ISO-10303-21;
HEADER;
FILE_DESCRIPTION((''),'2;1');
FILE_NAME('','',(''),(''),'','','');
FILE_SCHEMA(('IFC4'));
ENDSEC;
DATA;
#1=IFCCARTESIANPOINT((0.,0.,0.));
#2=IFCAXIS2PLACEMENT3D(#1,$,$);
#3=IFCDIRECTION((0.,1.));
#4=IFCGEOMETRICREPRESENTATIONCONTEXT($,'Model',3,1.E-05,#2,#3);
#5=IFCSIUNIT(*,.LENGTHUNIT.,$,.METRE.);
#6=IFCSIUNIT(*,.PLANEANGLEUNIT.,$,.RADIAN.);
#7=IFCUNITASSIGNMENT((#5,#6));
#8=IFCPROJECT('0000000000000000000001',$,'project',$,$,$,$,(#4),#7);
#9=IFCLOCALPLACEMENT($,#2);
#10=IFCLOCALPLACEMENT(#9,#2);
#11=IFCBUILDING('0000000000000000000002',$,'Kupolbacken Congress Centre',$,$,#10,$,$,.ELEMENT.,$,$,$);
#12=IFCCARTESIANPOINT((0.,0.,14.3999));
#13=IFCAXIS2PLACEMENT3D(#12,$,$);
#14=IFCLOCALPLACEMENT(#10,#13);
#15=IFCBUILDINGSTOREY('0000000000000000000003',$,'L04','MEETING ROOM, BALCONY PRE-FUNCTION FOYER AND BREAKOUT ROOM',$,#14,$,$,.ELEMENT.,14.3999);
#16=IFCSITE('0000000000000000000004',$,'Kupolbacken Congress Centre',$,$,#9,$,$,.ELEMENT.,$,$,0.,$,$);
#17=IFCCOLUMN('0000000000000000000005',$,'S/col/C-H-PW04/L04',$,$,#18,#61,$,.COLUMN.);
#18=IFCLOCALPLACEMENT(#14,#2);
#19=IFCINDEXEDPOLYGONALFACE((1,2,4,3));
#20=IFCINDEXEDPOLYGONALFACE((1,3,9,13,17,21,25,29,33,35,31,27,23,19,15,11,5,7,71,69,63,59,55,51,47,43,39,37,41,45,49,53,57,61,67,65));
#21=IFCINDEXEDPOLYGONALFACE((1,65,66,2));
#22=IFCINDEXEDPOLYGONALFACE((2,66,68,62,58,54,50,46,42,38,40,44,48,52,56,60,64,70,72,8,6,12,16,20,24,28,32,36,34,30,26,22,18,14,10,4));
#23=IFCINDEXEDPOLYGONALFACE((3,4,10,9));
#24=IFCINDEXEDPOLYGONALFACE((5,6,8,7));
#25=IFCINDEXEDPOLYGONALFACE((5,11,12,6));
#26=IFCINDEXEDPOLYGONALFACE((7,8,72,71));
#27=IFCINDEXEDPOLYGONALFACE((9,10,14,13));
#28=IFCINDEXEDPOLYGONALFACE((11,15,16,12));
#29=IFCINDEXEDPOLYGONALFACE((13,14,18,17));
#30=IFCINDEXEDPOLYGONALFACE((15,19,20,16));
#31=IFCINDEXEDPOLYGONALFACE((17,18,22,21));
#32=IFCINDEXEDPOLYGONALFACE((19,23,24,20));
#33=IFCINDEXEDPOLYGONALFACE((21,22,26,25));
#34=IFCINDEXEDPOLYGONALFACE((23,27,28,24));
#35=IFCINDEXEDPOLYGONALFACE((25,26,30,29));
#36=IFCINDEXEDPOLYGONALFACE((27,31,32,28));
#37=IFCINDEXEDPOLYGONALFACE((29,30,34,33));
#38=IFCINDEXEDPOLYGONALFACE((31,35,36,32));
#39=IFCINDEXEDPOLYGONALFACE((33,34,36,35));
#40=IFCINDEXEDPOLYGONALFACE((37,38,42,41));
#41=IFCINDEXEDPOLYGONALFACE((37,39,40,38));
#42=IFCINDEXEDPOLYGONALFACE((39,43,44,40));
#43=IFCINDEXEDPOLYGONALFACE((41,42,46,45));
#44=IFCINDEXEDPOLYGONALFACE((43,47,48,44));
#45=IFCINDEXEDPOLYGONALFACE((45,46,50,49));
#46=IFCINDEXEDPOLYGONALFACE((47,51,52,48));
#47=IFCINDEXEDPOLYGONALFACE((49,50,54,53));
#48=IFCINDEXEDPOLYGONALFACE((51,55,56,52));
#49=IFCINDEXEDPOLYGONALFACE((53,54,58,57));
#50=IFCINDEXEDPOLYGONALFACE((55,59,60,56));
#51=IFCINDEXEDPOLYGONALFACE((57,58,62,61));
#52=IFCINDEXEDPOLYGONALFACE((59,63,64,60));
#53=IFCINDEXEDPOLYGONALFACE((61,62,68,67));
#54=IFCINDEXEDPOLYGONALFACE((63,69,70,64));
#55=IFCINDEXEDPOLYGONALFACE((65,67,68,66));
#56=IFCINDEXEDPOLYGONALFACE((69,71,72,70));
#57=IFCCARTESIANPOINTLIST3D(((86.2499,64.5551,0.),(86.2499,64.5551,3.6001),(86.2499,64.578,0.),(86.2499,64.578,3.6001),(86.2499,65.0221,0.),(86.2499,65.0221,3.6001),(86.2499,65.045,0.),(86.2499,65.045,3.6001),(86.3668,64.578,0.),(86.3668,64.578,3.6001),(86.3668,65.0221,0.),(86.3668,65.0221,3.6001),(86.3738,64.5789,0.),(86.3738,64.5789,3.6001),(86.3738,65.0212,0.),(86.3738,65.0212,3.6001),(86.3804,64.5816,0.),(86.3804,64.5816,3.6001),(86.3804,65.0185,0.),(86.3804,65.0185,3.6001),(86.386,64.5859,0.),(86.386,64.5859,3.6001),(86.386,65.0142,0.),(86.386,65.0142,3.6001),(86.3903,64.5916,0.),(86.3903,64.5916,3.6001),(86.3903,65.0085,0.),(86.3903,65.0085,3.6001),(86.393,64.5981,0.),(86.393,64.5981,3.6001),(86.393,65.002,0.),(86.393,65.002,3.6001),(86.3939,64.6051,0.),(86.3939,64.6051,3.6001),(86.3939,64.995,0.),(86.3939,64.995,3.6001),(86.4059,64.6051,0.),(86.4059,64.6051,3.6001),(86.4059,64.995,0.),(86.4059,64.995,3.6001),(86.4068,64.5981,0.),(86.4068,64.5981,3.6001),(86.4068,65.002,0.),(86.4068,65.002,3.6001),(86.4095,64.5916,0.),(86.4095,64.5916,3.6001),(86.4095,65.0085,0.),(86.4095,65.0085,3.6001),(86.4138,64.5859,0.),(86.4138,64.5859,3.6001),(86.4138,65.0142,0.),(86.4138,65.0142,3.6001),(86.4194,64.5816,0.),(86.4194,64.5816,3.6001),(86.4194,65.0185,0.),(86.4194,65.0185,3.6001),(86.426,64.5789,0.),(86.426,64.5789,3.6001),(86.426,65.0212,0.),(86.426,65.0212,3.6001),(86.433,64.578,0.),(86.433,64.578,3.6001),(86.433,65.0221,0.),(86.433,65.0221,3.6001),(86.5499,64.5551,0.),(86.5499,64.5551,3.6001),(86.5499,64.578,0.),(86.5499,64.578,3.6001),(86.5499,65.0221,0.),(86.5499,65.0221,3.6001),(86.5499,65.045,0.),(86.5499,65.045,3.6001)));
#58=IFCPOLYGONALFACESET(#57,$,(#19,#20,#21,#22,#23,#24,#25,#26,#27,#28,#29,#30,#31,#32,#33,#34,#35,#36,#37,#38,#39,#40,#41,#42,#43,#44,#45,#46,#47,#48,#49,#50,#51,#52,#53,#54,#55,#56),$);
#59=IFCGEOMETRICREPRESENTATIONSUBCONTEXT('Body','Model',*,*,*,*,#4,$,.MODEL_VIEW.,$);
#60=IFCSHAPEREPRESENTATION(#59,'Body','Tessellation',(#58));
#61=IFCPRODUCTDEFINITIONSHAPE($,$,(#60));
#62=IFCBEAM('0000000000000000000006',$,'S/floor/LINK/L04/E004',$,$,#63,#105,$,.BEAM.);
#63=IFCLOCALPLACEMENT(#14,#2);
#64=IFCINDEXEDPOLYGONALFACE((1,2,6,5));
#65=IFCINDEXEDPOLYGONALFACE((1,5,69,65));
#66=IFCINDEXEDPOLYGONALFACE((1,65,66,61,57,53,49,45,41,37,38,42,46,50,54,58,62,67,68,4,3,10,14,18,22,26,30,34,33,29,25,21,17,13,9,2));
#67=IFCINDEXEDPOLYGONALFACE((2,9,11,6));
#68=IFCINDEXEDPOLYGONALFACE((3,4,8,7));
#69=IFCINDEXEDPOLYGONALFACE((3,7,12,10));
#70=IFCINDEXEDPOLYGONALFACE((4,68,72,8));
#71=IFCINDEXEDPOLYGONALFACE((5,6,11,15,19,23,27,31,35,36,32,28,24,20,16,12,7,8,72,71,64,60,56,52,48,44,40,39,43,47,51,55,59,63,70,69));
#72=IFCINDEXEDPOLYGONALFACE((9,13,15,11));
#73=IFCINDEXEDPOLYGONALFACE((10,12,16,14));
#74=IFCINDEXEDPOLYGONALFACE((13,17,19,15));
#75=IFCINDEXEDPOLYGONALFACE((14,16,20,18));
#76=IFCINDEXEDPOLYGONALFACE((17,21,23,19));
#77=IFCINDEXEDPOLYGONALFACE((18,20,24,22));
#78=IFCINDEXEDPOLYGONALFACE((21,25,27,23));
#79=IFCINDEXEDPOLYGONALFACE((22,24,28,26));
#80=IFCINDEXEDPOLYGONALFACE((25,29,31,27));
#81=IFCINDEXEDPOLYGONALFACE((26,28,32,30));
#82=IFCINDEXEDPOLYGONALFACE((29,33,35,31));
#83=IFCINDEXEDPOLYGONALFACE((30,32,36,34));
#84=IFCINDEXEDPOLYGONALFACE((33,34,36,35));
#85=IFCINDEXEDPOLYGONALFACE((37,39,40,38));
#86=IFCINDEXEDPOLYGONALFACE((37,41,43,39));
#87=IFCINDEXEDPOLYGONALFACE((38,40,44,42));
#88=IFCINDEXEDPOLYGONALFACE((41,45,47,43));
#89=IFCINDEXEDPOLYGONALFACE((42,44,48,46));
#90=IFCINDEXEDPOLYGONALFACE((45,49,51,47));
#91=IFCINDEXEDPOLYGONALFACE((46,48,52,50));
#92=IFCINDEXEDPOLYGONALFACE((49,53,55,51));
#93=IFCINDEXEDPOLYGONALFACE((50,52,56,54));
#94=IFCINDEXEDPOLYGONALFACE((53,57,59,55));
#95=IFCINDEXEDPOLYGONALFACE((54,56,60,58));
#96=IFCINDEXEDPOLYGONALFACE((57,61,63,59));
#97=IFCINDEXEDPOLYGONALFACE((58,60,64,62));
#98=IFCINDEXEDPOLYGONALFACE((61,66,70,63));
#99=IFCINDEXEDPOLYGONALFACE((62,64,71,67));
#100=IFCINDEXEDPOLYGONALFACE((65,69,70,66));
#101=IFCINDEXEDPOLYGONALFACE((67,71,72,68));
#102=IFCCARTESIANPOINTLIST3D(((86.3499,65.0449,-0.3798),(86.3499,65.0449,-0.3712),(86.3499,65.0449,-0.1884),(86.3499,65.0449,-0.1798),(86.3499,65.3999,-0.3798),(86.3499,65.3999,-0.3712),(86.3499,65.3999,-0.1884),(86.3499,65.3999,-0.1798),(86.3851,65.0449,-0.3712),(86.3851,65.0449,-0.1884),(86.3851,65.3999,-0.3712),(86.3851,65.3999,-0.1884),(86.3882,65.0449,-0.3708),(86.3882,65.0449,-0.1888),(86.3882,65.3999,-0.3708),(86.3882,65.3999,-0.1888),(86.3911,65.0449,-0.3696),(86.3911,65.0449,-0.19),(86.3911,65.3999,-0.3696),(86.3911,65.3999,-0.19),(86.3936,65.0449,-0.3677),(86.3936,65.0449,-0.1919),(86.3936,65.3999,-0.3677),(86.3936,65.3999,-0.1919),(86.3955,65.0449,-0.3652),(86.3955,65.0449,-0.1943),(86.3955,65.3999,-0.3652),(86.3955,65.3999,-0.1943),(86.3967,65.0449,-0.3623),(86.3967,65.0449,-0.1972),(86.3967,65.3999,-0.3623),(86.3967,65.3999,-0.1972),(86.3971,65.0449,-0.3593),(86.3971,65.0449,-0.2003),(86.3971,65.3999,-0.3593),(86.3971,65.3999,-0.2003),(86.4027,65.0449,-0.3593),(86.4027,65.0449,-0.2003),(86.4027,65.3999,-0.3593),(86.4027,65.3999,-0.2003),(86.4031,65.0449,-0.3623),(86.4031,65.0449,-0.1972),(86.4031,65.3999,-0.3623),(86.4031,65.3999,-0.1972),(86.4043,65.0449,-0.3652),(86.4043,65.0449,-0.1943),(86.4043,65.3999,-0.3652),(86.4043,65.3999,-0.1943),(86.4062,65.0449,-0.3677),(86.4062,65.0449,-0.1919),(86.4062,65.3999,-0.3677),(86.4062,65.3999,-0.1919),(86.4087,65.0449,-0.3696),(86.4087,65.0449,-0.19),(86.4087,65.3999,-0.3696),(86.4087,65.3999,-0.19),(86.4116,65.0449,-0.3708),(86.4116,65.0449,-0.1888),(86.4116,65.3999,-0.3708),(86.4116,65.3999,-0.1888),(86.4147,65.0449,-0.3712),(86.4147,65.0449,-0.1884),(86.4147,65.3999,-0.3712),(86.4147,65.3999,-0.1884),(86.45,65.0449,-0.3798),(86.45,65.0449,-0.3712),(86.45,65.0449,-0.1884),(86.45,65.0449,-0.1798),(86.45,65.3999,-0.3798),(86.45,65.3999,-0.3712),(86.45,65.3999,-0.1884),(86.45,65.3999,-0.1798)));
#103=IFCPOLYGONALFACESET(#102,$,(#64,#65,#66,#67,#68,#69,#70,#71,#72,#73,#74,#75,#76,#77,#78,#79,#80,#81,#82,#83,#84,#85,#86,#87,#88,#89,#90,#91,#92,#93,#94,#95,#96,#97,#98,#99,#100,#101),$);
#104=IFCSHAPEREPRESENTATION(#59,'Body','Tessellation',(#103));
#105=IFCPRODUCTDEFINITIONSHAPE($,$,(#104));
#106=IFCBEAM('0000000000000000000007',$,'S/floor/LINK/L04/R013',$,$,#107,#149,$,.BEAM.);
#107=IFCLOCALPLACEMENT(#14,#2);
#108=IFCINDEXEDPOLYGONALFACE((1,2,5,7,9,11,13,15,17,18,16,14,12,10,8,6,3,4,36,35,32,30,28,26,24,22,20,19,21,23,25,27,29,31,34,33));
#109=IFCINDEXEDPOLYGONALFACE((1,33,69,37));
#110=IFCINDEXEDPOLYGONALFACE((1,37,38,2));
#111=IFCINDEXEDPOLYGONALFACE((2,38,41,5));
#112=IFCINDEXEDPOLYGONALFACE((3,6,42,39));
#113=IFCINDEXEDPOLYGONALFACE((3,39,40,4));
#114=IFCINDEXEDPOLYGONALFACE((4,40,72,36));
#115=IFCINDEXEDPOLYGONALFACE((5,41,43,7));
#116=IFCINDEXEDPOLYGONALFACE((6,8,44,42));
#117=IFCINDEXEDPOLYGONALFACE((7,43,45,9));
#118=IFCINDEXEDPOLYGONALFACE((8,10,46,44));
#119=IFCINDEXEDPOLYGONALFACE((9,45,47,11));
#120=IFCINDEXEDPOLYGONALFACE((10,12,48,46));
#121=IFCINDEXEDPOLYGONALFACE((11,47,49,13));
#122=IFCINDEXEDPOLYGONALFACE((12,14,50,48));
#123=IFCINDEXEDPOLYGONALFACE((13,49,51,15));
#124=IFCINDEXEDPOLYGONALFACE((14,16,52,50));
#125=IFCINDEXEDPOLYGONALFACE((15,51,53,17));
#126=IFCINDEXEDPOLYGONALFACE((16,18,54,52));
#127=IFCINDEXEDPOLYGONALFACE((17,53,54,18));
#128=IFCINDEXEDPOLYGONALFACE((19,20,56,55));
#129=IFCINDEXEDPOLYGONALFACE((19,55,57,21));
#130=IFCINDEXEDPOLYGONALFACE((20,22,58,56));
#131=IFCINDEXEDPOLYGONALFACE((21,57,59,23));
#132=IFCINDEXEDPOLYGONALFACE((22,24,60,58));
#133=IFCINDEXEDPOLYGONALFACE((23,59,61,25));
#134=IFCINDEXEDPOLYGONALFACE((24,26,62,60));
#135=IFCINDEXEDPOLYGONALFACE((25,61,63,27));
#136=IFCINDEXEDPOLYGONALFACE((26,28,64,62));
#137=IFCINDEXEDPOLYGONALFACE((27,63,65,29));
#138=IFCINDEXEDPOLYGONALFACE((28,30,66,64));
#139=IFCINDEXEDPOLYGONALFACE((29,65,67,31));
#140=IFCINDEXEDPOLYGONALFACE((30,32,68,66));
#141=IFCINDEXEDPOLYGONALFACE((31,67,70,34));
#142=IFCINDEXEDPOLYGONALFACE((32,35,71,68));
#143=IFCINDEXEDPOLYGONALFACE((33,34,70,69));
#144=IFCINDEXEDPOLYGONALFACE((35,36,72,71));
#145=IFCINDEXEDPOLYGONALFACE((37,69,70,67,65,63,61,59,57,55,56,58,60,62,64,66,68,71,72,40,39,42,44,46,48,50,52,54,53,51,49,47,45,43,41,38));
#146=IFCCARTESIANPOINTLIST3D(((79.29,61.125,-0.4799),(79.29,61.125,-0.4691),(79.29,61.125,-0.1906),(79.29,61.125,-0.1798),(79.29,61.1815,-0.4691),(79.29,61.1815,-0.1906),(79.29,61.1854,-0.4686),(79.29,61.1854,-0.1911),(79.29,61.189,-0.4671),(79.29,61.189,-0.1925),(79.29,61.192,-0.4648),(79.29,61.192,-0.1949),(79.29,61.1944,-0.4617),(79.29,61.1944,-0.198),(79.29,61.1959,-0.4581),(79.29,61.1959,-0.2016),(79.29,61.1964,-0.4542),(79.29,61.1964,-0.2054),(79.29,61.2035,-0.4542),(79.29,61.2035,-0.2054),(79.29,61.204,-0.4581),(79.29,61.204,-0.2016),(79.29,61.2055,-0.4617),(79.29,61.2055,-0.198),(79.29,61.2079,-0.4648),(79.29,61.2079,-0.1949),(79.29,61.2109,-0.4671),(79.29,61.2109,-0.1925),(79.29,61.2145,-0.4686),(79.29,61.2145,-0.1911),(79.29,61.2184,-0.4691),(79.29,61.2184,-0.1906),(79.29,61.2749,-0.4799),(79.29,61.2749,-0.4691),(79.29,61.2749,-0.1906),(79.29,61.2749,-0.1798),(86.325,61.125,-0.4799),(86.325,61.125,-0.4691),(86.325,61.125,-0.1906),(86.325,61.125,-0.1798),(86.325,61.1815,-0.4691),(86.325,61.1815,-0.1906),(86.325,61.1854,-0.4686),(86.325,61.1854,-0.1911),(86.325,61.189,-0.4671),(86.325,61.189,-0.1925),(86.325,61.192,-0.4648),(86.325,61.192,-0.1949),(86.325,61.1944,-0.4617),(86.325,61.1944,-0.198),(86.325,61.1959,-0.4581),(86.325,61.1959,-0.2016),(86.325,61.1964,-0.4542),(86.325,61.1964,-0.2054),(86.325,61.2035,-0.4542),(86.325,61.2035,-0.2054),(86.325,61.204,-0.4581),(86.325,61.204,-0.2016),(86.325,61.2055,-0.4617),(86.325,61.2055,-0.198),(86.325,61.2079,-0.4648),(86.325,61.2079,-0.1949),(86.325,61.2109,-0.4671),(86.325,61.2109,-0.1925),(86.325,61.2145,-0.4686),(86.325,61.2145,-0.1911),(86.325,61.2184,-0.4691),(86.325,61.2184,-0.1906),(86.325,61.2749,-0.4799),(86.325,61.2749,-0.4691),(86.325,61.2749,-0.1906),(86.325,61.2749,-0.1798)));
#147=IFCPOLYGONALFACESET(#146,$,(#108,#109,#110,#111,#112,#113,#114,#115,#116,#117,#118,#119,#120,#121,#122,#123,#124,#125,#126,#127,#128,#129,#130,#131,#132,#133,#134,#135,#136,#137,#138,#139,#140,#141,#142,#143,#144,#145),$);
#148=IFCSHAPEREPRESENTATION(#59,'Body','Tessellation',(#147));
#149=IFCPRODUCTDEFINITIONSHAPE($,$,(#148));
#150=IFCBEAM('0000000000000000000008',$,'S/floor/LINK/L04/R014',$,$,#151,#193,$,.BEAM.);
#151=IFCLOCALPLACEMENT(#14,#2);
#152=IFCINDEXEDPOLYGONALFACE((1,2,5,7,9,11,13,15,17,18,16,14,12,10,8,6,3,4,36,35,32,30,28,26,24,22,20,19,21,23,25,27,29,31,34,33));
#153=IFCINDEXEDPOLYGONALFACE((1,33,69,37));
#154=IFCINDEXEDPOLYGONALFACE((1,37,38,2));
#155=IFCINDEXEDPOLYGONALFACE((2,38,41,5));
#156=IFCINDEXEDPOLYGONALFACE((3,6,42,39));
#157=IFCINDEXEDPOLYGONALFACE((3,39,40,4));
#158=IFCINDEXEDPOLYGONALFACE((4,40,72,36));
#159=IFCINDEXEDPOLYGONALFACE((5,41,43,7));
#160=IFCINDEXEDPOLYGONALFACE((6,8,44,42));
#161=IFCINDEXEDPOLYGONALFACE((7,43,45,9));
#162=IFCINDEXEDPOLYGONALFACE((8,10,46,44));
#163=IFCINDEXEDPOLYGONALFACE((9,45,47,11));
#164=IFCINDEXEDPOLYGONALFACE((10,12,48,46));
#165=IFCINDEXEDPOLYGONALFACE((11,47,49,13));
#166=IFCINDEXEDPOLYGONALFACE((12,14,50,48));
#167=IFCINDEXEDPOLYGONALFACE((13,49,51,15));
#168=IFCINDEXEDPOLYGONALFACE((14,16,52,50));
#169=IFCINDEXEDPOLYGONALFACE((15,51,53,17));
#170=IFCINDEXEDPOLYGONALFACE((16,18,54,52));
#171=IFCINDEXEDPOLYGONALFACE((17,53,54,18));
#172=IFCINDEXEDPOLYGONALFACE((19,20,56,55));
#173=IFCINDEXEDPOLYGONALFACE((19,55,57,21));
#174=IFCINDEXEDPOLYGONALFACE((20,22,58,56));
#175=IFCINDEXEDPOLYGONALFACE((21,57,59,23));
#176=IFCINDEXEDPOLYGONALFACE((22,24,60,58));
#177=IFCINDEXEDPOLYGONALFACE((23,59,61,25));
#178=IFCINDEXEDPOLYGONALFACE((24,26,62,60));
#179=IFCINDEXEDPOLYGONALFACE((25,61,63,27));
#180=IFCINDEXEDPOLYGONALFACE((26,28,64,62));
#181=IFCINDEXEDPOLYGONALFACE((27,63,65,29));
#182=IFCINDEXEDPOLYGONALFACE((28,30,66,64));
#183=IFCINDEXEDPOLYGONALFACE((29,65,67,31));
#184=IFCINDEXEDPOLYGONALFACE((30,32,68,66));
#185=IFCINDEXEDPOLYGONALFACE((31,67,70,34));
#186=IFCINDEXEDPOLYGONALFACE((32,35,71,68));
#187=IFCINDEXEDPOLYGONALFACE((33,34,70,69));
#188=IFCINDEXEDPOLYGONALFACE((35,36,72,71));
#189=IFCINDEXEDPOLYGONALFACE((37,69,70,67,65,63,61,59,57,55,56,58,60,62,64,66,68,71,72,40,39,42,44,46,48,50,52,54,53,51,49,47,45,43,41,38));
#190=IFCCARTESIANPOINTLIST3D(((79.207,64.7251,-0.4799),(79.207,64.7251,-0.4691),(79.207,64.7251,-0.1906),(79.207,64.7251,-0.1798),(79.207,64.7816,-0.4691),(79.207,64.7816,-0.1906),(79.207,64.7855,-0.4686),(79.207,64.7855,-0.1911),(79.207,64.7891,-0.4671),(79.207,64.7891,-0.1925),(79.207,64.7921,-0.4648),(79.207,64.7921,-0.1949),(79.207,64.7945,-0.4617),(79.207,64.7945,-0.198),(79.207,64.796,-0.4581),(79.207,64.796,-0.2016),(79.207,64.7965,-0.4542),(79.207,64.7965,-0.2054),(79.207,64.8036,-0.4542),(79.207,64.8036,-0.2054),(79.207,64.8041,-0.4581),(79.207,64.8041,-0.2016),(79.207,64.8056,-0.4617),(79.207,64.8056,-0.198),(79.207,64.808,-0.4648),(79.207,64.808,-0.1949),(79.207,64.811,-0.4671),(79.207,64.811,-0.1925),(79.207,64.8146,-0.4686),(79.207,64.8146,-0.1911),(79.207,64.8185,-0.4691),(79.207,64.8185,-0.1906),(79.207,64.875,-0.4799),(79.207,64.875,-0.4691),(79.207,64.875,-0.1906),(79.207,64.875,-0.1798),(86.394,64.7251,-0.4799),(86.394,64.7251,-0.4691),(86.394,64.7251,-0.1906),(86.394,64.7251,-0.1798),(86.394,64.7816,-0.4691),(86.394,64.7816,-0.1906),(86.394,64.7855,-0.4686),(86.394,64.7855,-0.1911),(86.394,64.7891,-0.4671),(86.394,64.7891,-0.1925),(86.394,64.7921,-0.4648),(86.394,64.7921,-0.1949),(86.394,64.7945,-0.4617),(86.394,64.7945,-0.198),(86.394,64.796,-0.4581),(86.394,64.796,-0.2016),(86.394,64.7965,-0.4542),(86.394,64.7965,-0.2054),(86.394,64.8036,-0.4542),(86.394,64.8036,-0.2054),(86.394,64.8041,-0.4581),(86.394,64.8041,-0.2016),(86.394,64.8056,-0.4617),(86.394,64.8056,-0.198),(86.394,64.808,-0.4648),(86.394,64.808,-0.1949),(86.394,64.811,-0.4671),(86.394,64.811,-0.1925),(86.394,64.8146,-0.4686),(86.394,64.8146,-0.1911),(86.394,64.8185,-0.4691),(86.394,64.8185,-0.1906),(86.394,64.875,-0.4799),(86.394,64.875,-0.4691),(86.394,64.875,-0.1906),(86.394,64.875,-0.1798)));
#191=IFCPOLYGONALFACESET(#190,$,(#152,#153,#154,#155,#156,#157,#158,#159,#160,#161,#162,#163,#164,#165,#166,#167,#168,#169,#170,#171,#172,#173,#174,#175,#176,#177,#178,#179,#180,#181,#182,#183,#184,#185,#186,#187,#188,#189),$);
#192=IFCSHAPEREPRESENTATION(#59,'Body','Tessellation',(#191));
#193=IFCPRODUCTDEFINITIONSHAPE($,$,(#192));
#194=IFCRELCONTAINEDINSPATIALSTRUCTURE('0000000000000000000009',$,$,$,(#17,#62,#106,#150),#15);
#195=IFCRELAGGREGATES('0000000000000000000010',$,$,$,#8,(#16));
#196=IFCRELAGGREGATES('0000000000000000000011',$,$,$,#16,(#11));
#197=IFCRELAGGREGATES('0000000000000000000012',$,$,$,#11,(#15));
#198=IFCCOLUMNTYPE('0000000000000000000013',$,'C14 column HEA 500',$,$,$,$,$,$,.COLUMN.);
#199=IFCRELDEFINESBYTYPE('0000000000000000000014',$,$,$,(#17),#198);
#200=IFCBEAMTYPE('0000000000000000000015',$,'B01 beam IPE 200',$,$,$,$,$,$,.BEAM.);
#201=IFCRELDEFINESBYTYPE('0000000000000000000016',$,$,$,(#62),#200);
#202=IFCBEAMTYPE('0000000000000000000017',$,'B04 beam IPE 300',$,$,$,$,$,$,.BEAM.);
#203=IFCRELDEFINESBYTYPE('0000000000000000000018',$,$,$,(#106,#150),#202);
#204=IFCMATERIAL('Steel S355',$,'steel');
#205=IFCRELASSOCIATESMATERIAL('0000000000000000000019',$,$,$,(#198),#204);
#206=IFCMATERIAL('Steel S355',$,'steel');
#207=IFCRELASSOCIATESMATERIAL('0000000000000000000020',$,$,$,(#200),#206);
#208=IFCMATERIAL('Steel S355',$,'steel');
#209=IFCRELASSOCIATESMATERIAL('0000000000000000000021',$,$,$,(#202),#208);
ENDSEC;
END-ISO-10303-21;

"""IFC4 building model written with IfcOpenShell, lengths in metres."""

from ifc_helpers import new_model, si_unit, direction, frame, origin, origin_2d, place, context, subcontext, project, spatial, i_section, extrude, material, material_profile, profile_set, type_object, element, save


model = new_model("IFC4")

# Units and contexts
model_context = context("Model", 3, precision=1e-05, world=origin(), true_north=direction((0.0, 1.0)))
body_context = subcontext(model_context, "Body", "Model", "MODEL_VIEW")
ifc_project = project(units=[si_unit("LENGTHUNIT", "METRE"), si_unit("PLANEANGLEUNIT", "RADIAN")], contexts=[model_context])

# Site, building, storey
site_placement = place(None, origin())
site = spatial("IfcSite", under=ifc_project, at=site_placement, Name="Kupolbacken Congress Centre", CompositionType="ELEMENT", RefElevation=0.0)
building_placement = place(site_placement, origin())
building = spatial("IfcBuilding", under=site, at=building_placement, Name="Kupolbacken Congress Centre", CompositionType="ELEMENT")
storey_placement = place(building_placement, frame((0.0, 0.0, 14.3999)))
storey = spatial("IfcBuildingStorey", under=building, at=storey_placement, Name="L04", Description="MEETING ROOM, BALCONY PRE-FUNCTION FOYER AND BREAKOUT ROOM", CompositionType="ELEMENT", Elevation=14.3999)

# Column
ifc_material_1 = material(Name="Steel S355", Category="steel")
ifc_material_profile_1 = material_profile(ifc_material_1, i_section(OverallWidth=0.3, OverallDepth=0.49, WebThickness=0.012, FlangeThickness=0.0229, FilletRadius=0.0271, at=origin_2d()), Name="HEA 500")
ifc_profile_set_1 = profile_set([ifc_material_profile_1], Name="Steel S355")
column_type = type_object("IfcColumnType", Name="C14 column HEA 500", PredefinedType="COLUMN", material=ifc_profile_set_1)
column_placement = place(storey_placement, frame((86.3999, 64.8, 0.0), z_axis=(0.0, 0.0, 1.0), x_axis=(1.0, 0.0, 0.0)))
element("IfcColumn", 1, at=column_placement, inside=storey, type_object=column_type, Name="S/col/C-H-PW04/L04", PredefinedType="COLUMN", context=body_context, shape_type="SweptSolid", body=[
    extrude(i_section(OverallWidth=0.3, OverallDepth=0.49, WebThickness=0.012, FlangeThickness=0.0229, FilletRadius=0.0271, at=origin_2d()), origin(), (0.0, 0.0, 1.0), 3.6001),
])

# Beams
ifc_material_2 = material(Name="Steel S355", Category="steel")
ifc_material_profile_2 = material_profile(ifc_material_2, i_section(OverallWidth=0.1001, OverallDepth=0.2, WebThickness=0.0056, FlangeThickness=0.0085, FilletRadius=0.012, at=origin_2d()), Name="IPE 200")
ifc_profile_set_2 = profile_set([ifc_material_profile_2], Name="Steel S355")
beam_type_1 = type_object("IfcBeamType", Name="B01 beam IPE 200", PredefinedType="BEAM", material=ifc_profile_set_2)
beam_1_placement = place(storey_placement, frame((86.3999, 65.0449, -0.2798), z_axis=(0.0, 1.0, 0.0), x_axis=(-1.0, 0.0, 0.0)))
element("IfcBeam", 2, at=beam_1_placement, inside=storey, type_object=beam_type_1, Name="S/floor/LINK/L04/E004", PredefinedType="BEAM", context=body_context, shape_type="SweptSolid", body=[
    extrude(i_section(OverallWidth=0.1001, OverallDepth=0.2, WebThickness=0.0056, FlangeThickness=0.0085, FilletRadius=0.012, at=origin_2d()), origin(), (0.0, 0.0, 1.0), 0.355),
])
ifc_material_3 = material(Name="Steel S355", Category="steel")
ifc_material_profile_3 = material_profile(ifc_material_3, i_section(OverallWidth=0.1499, OverallDepth=0.3, WebThickness=0.0071, FlangeThickness=0.0107, FilletRadius=0.0149, at=origin_2d()), Name="IPE 300")
ifc_profile_set_3 = profile_set([ifc_material_profile_3], Name="Steel S355")
beam_type_2 = type_object("IfcBeamType", Name="B04 beam IPE 300", PredefinedType="BEAM", material=ifc_profile_set_3)
beam_2_placement = place(storey_placement, frame((79.29, 61.2, -0.3298), z_axis=(1.0, 0.0, 0.0), x_axis=(0.0, 1.0, 0.0)))
element("IfcBeam", 3, at=beam_2_placement, inside=storey, type_object=beam_type_2, Name="S/floor/LINK/L04/R013", PredefinedType="BEAM", context=body_context, shape_type="SweptSolid", body=[
    extrude(i_section(OverallWidth=0.1499, OverallDepth=0.3, WebThickness=0.0071, FlangeThickness=0.0107, FilletRadius=0.0149, at=origin_2d()), origin(), (0.0, 0.0, 1.0), 7.0349),
])
beam_3_placement = place(storey_placement, frame((79.207, 64.8, -0.3298), z_axis=(1.0, 0.0, 0.0), x_axis=(0.0, 1.0, 0.0)))
element("IfcBeam", 4, at=beam_3_placement, inside=storey, type_object=beam_type_2, Name="S/floor/LINK/L04/R014", PredefinedType="BEAM", context=body_context, shape_type="SweptSolid", body=[
    extrude(i_section(OverallWidth=0.1499, OverallDepth=0.3, WebThickness=0.0071, FlangeThickness=0.0107, FilletRadius=0.0149, at=origin_2d()), origin(), (0.0, 0.0, 1.0), 7.187),
])

save(model, "model.ifc")
